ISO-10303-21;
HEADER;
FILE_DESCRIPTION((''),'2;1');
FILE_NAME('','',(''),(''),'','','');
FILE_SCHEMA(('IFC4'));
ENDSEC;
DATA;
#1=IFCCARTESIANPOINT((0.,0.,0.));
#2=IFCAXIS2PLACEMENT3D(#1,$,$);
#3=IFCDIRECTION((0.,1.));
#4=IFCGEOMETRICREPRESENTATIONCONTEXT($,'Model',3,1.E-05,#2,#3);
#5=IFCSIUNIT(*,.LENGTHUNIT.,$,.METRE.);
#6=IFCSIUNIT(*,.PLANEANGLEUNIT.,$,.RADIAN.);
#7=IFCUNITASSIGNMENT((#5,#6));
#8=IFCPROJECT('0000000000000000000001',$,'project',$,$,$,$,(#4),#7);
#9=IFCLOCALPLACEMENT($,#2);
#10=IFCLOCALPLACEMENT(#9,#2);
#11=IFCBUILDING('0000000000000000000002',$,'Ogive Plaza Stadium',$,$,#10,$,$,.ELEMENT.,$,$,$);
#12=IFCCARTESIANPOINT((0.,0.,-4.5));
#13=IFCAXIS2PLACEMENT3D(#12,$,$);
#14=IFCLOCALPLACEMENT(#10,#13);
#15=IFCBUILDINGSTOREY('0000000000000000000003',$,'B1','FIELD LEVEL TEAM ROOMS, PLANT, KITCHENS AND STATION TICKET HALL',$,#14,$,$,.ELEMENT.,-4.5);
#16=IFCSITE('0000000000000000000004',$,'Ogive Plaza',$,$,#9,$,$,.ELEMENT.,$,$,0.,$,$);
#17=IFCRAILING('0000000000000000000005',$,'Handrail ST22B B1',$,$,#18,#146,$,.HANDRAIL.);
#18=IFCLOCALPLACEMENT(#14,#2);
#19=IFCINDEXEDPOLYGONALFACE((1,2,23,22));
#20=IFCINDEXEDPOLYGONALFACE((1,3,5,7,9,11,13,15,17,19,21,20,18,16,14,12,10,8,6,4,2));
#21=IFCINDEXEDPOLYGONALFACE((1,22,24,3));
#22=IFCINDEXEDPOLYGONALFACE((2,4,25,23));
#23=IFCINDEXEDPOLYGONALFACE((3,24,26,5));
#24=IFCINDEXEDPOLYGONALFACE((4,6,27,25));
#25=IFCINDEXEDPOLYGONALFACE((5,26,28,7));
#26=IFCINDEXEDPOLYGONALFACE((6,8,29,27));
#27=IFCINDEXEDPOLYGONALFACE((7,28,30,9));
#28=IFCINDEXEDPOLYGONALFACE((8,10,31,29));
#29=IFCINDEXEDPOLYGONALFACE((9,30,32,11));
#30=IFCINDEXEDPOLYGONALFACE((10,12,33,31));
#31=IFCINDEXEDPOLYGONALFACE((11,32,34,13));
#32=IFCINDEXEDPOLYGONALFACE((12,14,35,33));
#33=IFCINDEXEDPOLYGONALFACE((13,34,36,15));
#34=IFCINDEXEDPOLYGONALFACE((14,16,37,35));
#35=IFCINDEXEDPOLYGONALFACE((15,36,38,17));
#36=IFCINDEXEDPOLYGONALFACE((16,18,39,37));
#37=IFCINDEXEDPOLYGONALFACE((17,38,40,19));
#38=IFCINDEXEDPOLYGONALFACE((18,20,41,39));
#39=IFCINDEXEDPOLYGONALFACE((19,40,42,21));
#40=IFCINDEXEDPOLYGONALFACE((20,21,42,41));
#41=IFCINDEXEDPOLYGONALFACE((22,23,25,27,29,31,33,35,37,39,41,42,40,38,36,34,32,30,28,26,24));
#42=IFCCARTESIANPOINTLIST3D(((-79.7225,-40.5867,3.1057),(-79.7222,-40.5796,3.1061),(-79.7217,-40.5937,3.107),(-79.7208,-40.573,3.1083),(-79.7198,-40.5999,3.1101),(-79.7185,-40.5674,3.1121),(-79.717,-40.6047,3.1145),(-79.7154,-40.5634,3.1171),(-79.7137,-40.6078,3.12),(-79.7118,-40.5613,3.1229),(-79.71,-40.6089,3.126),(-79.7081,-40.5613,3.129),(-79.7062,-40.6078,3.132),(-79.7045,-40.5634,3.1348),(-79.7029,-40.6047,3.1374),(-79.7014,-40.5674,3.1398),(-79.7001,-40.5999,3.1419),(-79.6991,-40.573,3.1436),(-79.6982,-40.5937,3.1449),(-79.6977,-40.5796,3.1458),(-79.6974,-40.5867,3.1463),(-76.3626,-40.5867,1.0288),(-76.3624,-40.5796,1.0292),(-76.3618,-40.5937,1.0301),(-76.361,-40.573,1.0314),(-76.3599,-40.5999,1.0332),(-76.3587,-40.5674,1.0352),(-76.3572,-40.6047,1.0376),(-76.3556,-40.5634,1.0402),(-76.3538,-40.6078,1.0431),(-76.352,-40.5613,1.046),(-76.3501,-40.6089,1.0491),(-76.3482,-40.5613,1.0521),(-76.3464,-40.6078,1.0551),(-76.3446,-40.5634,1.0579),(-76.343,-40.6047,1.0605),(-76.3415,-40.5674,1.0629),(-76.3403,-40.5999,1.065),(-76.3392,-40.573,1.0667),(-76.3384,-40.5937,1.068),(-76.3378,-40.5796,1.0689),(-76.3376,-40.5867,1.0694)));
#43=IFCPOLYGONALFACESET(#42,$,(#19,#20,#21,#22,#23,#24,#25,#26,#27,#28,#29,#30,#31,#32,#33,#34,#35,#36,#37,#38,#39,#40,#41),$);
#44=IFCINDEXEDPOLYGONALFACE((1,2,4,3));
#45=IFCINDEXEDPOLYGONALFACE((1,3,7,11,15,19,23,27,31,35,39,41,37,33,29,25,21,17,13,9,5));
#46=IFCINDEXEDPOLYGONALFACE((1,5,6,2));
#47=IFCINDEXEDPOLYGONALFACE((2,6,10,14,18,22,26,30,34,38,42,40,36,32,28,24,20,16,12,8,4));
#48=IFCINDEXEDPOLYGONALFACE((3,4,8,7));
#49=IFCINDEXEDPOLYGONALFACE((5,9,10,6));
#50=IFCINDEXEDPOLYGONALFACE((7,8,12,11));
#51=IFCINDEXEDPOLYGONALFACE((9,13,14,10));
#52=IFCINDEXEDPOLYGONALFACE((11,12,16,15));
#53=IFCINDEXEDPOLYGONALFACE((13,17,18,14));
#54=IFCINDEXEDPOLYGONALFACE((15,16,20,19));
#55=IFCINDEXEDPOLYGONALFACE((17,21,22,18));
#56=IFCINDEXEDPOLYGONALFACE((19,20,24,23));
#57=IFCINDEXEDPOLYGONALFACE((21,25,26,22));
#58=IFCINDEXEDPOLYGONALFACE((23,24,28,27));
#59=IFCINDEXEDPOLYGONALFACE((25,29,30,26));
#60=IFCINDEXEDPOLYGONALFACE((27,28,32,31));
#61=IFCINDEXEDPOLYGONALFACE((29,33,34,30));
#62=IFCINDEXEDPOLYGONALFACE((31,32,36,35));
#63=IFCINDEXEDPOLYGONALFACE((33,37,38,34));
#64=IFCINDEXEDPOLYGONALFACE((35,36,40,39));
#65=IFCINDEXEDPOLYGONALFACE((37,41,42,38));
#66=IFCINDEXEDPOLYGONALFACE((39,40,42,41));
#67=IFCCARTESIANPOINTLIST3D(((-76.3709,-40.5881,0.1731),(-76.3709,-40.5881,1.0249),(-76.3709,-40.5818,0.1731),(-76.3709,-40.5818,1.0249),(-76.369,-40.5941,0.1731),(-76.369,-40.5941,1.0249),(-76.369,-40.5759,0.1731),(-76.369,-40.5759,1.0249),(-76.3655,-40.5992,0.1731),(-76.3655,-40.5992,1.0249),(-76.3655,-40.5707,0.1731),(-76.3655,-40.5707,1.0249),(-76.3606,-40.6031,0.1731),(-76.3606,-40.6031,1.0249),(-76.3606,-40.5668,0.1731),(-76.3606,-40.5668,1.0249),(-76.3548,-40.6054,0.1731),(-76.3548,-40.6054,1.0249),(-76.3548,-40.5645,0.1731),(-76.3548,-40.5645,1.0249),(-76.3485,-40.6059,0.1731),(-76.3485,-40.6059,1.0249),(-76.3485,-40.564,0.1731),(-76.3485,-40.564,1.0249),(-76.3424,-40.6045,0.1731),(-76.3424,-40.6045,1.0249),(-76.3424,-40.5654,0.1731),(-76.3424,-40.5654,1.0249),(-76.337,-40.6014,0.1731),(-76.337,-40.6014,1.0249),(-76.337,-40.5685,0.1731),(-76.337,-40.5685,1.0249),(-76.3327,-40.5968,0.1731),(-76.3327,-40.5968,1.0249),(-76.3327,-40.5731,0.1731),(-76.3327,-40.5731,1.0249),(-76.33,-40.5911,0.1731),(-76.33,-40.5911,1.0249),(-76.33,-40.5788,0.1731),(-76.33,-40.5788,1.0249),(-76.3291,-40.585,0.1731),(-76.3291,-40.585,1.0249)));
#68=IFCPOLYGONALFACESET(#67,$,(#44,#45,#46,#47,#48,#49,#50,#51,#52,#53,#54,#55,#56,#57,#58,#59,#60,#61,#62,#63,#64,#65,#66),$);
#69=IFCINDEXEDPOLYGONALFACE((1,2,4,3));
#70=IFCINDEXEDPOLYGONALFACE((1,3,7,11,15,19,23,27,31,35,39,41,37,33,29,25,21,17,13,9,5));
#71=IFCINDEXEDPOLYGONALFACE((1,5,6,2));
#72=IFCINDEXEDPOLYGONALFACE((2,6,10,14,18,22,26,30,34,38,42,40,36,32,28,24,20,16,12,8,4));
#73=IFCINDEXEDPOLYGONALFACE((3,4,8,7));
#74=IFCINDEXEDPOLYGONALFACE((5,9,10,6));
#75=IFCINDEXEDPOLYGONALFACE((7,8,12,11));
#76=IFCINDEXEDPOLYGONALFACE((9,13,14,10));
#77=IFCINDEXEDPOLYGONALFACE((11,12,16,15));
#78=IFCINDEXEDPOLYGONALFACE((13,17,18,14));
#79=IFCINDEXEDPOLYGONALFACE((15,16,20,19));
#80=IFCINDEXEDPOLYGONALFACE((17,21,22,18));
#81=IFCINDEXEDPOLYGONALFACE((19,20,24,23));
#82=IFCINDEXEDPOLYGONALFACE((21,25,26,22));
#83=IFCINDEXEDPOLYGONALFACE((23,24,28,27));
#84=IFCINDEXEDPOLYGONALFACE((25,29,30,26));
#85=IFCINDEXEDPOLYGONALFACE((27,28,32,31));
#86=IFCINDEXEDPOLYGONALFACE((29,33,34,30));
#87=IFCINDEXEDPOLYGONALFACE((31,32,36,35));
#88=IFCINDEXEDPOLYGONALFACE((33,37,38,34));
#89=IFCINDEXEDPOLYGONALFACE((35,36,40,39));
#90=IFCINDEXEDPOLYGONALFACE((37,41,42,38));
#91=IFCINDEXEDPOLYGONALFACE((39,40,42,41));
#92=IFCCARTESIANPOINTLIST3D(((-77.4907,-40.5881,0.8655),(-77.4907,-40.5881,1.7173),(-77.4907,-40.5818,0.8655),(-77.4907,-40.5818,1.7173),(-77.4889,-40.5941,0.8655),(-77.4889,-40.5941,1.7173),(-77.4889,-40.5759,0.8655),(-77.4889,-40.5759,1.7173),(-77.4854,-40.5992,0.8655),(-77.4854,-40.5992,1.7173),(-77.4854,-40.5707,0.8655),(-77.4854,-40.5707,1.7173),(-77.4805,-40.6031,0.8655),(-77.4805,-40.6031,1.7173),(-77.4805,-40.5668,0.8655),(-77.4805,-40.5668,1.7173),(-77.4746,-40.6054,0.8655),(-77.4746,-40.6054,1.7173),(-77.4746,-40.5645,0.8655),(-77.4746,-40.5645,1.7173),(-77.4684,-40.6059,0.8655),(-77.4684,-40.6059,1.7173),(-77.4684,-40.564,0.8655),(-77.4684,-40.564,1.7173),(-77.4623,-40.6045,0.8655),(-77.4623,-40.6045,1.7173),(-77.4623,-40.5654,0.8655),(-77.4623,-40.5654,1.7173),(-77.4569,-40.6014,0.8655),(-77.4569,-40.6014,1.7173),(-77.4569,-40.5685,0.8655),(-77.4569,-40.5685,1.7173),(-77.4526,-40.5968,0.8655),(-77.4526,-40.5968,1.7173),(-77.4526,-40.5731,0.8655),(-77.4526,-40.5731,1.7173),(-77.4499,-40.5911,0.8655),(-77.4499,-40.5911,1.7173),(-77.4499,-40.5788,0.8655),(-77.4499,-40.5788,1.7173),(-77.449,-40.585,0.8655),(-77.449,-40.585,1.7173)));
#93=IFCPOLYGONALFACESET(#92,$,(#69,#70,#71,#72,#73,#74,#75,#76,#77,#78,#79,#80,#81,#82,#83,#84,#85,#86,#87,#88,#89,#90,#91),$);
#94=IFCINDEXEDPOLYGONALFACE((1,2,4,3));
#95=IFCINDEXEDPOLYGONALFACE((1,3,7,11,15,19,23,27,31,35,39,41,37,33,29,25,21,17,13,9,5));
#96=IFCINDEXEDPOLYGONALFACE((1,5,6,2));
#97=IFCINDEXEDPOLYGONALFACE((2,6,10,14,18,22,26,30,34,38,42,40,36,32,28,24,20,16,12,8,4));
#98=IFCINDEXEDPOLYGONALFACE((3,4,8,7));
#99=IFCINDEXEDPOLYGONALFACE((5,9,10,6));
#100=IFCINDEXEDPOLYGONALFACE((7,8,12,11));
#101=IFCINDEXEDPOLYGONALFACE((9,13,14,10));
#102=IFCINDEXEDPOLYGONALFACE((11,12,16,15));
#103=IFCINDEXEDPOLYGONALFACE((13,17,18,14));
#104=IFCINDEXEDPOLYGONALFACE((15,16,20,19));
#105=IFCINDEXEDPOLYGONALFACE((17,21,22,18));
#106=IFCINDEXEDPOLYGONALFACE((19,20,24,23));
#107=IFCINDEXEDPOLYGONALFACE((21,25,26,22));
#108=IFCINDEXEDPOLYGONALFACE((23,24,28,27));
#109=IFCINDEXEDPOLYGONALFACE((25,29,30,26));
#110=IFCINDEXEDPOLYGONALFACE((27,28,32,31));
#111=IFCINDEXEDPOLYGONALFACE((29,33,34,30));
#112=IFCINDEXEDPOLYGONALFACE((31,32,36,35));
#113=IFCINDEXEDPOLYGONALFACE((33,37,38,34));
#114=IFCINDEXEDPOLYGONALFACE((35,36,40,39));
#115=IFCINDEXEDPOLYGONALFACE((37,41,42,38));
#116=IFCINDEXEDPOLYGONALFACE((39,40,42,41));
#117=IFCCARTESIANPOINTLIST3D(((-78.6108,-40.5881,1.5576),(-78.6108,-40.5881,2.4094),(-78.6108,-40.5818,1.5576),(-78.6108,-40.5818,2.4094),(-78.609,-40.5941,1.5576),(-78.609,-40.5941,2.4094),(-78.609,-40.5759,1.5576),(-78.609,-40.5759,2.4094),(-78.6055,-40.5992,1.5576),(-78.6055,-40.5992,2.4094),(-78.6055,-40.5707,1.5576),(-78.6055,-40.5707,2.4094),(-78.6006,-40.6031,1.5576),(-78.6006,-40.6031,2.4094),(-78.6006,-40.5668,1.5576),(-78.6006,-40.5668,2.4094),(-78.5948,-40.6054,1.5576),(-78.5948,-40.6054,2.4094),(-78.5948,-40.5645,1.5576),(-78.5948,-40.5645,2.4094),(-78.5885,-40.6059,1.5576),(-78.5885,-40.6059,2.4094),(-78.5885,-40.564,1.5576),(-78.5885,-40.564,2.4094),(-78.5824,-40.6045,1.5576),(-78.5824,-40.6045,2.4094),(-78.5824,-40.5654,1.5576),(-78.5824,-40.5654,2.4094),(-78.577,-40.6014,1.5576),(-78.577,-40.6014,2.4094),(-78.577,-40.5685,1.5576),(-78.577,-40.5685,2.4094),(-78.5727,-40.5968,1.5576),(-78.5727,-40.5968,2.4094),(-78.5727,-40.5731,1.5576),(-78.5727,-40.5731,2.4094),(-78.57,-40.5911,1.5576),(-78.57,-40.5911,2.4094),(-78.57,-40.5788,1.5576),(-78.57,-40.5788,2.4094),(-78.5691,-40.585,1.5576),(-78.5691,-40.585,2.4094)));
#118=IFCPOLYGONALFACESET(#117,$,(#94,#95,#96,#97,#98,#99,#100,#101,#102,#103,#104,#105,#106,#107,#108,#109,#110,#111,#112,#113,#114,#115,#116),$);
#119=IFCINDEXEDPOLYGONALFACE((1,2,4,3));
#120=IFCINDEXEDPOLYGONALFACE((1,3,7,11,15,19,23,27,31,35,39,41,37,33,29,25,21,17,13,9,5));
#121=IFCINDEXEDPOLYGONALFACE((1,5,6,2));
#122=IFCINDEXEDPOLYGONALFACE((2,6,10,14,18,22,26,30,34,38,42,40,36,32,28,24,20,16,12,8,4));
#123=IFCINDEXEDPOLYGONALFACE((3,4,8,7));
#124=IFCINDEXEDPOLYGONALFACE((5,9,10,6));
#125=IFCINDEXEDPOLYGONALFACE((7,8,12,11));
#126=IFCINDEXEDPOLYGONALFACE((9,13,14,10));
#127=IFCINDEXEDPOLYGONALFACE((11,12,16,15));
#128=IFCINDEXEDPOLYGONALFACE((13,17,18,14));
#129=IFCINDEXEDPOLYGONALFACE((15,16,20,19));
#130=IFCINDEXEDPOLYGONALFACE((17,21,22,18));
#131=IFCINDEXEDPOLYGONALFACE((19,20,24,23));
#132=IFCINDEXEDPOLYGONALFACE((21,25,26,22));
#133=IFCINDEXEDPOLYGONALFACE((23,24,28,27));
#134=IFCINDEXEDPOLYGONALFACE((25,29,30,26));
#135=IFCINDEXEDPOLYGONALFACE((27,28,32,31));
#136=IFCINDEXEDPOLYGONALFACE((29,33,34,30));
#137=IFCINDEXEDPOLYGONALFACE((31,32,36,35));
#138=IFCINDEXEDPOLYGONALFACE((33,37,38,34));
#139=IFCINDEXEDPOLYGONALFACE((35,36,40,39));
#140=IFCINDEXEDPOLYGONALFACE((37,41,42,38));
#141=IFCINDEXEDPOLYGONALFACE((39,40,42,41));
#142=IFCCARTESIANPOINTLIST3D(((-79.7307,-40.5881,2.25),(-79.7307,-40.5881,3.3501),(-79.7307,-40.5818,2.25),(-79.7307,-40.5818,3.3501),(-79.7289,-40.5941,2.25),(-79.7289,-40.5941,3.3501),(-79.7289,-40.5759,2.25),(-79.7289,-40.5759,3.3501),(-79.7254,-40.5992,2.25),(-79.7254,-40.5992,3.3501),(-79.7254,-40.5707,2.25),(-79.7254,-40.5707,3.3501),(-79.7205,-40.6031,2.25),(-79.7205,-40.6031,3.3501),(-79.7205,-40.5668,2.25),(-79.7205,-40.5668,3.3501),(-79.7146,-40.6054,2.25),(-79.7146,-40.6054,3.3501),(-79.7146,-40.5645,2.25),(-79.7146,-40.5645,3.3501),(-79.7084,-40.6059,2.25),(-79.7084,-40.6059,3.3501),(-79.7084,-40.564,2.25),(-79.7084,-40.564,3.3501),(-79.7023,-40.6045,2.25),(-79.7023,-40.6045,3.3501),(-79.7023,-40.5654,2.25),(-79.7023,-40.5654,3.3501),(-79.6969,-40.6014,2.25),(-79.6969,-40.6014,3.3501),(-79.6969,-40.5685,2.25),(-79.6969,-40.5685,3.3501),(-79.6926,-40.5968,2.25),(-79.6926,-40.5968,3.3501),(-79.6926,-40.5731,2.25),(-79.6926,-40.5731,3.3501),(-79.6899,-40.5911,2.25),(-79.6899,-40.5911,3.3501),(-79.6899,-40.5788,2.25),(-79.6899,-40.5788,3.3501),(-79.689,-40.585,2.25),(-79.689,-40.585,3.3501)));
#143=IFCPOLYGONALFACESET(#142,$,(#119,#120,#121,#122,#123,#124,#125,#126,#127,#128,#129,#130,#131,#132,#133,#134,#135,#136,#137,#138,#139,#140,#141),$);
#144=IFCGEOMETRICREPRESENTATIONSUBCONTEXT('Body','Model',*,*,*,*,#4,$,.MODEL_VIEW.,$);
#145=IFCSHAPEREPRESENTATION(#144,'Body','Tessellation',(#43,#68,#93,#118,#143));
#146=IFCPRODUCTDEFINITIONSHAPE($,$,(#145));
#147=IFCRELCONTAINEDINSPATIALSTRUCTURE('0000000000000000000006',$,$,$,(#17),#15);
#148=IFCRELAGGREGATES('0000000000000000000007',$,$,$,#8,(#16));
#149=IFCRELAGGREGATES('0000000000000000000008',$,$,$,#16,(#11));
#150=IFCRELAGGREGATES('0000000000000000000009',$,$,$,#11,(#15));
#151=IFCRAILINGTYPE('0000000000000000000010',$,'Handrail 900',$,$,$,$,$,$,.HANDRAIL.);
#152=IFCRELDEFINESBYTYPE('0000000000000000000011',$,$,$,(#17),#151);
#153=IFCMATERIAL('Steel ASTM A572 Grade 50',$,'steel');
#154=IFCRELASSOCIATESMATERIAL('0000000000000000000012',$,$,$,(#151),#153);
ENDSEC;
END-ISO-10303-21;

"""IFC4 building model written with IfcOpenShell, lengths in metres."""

from ifc_helpers import new_model, si_unit, direction, frame, origin, origin_2d, place, context, subcontext, project, spatial, circle, extrude, material, type_object, element, save


model = new_model("IFC4")

# Units and contexts
model_context = context("Model", 3, precision=1e-05, world=origin(), true_north=direction((0.0, 1.0)))
body_context = subcontext(model_context, "Body", "Model", "MODEL_VIEW")
ifc_project = project(units=[si_unit("LENGTHUNIT", "METRE"), si_unit("PLANEANGLEUNIT", "RADIAN")], contexts=[model_context])

# Site, building, storey
site_placement = place(None, origin())
site = spatial("IfcSite", under=ifc_project, at=site_placement, Name="Ogive Plaza", CompositionType="ELEMENT", RefElevation=0.0)
building_placement = place(site_placement, origin())
building = spatial("IfcBuilding", under=site, at=building_placement, Name="Ogive Plaza Stadium", CompositionType="ELEMENT")
storey_placement = place(building_placement, frame((0.0, 0.0, -4.5)))
storey = spatial("IfcBuildingStorey", under=building, at=storey_placement, Name="B1", Description="FIELD LEVEL TEAM ROOMS, PLANT, KITCHENS AND STATION TICKET HALL", CompositionType="ELEMENT", Elevation=-4.5)

# Railing
ifc_material_1 = material(Name="Steel ASTM A572 Grade 50", Category="steel")
railing_type_1 = type_object("IfcRailingType", Name="Handrail 900", PredefinedType="HANDRAIL", material=ifc_material_1)
for number, where, name in (
    (1, (-76.3501, -40.585, 0.1731), "Handrail ST22B B1"),
):
    element("IfcRailing", number, at=place(storey_placement, frame(where)), inside=storey, type_object=railing_type_1, Name=name, PredefinedType="HANDRAIL", context=body_context, shape_type="SweptSolid", body=[
        extrude(circle(Radius=0.0239, at=origin_2d()), frame((0.0, 0.0, 0.876), z_axis=(-0.850606, 0.0, 0.525803), x_axis=(0.0, -1.0, 0.0)), (0.0, 0.0, 1.0), 3.95),
        extrude(circle(Radius=0.021, at=origin_2d()), origin(), (0.0, 0.0, 1.0), 0.8518),
        extrude(circle(Radius=0.021, at=origin_2d()), frame((-1.1199, 0.0, 0.6924)), (0.0, 0.0, 1.0), 0.8518),
        extrude(circle(Radius=0.021, at=origin_2d()), frame((-2.24, 0.0, 1.3845)), (0.0, 0.0, 1.0), 0.8518),
        extrude(circle(Radius=0.021, at=origin_2d()), frame((-3.3599, 0.0, 2.0769)), (0.0, 0.0, 1.0), 1.1001),
    ])

save(model, "model.ifc")
